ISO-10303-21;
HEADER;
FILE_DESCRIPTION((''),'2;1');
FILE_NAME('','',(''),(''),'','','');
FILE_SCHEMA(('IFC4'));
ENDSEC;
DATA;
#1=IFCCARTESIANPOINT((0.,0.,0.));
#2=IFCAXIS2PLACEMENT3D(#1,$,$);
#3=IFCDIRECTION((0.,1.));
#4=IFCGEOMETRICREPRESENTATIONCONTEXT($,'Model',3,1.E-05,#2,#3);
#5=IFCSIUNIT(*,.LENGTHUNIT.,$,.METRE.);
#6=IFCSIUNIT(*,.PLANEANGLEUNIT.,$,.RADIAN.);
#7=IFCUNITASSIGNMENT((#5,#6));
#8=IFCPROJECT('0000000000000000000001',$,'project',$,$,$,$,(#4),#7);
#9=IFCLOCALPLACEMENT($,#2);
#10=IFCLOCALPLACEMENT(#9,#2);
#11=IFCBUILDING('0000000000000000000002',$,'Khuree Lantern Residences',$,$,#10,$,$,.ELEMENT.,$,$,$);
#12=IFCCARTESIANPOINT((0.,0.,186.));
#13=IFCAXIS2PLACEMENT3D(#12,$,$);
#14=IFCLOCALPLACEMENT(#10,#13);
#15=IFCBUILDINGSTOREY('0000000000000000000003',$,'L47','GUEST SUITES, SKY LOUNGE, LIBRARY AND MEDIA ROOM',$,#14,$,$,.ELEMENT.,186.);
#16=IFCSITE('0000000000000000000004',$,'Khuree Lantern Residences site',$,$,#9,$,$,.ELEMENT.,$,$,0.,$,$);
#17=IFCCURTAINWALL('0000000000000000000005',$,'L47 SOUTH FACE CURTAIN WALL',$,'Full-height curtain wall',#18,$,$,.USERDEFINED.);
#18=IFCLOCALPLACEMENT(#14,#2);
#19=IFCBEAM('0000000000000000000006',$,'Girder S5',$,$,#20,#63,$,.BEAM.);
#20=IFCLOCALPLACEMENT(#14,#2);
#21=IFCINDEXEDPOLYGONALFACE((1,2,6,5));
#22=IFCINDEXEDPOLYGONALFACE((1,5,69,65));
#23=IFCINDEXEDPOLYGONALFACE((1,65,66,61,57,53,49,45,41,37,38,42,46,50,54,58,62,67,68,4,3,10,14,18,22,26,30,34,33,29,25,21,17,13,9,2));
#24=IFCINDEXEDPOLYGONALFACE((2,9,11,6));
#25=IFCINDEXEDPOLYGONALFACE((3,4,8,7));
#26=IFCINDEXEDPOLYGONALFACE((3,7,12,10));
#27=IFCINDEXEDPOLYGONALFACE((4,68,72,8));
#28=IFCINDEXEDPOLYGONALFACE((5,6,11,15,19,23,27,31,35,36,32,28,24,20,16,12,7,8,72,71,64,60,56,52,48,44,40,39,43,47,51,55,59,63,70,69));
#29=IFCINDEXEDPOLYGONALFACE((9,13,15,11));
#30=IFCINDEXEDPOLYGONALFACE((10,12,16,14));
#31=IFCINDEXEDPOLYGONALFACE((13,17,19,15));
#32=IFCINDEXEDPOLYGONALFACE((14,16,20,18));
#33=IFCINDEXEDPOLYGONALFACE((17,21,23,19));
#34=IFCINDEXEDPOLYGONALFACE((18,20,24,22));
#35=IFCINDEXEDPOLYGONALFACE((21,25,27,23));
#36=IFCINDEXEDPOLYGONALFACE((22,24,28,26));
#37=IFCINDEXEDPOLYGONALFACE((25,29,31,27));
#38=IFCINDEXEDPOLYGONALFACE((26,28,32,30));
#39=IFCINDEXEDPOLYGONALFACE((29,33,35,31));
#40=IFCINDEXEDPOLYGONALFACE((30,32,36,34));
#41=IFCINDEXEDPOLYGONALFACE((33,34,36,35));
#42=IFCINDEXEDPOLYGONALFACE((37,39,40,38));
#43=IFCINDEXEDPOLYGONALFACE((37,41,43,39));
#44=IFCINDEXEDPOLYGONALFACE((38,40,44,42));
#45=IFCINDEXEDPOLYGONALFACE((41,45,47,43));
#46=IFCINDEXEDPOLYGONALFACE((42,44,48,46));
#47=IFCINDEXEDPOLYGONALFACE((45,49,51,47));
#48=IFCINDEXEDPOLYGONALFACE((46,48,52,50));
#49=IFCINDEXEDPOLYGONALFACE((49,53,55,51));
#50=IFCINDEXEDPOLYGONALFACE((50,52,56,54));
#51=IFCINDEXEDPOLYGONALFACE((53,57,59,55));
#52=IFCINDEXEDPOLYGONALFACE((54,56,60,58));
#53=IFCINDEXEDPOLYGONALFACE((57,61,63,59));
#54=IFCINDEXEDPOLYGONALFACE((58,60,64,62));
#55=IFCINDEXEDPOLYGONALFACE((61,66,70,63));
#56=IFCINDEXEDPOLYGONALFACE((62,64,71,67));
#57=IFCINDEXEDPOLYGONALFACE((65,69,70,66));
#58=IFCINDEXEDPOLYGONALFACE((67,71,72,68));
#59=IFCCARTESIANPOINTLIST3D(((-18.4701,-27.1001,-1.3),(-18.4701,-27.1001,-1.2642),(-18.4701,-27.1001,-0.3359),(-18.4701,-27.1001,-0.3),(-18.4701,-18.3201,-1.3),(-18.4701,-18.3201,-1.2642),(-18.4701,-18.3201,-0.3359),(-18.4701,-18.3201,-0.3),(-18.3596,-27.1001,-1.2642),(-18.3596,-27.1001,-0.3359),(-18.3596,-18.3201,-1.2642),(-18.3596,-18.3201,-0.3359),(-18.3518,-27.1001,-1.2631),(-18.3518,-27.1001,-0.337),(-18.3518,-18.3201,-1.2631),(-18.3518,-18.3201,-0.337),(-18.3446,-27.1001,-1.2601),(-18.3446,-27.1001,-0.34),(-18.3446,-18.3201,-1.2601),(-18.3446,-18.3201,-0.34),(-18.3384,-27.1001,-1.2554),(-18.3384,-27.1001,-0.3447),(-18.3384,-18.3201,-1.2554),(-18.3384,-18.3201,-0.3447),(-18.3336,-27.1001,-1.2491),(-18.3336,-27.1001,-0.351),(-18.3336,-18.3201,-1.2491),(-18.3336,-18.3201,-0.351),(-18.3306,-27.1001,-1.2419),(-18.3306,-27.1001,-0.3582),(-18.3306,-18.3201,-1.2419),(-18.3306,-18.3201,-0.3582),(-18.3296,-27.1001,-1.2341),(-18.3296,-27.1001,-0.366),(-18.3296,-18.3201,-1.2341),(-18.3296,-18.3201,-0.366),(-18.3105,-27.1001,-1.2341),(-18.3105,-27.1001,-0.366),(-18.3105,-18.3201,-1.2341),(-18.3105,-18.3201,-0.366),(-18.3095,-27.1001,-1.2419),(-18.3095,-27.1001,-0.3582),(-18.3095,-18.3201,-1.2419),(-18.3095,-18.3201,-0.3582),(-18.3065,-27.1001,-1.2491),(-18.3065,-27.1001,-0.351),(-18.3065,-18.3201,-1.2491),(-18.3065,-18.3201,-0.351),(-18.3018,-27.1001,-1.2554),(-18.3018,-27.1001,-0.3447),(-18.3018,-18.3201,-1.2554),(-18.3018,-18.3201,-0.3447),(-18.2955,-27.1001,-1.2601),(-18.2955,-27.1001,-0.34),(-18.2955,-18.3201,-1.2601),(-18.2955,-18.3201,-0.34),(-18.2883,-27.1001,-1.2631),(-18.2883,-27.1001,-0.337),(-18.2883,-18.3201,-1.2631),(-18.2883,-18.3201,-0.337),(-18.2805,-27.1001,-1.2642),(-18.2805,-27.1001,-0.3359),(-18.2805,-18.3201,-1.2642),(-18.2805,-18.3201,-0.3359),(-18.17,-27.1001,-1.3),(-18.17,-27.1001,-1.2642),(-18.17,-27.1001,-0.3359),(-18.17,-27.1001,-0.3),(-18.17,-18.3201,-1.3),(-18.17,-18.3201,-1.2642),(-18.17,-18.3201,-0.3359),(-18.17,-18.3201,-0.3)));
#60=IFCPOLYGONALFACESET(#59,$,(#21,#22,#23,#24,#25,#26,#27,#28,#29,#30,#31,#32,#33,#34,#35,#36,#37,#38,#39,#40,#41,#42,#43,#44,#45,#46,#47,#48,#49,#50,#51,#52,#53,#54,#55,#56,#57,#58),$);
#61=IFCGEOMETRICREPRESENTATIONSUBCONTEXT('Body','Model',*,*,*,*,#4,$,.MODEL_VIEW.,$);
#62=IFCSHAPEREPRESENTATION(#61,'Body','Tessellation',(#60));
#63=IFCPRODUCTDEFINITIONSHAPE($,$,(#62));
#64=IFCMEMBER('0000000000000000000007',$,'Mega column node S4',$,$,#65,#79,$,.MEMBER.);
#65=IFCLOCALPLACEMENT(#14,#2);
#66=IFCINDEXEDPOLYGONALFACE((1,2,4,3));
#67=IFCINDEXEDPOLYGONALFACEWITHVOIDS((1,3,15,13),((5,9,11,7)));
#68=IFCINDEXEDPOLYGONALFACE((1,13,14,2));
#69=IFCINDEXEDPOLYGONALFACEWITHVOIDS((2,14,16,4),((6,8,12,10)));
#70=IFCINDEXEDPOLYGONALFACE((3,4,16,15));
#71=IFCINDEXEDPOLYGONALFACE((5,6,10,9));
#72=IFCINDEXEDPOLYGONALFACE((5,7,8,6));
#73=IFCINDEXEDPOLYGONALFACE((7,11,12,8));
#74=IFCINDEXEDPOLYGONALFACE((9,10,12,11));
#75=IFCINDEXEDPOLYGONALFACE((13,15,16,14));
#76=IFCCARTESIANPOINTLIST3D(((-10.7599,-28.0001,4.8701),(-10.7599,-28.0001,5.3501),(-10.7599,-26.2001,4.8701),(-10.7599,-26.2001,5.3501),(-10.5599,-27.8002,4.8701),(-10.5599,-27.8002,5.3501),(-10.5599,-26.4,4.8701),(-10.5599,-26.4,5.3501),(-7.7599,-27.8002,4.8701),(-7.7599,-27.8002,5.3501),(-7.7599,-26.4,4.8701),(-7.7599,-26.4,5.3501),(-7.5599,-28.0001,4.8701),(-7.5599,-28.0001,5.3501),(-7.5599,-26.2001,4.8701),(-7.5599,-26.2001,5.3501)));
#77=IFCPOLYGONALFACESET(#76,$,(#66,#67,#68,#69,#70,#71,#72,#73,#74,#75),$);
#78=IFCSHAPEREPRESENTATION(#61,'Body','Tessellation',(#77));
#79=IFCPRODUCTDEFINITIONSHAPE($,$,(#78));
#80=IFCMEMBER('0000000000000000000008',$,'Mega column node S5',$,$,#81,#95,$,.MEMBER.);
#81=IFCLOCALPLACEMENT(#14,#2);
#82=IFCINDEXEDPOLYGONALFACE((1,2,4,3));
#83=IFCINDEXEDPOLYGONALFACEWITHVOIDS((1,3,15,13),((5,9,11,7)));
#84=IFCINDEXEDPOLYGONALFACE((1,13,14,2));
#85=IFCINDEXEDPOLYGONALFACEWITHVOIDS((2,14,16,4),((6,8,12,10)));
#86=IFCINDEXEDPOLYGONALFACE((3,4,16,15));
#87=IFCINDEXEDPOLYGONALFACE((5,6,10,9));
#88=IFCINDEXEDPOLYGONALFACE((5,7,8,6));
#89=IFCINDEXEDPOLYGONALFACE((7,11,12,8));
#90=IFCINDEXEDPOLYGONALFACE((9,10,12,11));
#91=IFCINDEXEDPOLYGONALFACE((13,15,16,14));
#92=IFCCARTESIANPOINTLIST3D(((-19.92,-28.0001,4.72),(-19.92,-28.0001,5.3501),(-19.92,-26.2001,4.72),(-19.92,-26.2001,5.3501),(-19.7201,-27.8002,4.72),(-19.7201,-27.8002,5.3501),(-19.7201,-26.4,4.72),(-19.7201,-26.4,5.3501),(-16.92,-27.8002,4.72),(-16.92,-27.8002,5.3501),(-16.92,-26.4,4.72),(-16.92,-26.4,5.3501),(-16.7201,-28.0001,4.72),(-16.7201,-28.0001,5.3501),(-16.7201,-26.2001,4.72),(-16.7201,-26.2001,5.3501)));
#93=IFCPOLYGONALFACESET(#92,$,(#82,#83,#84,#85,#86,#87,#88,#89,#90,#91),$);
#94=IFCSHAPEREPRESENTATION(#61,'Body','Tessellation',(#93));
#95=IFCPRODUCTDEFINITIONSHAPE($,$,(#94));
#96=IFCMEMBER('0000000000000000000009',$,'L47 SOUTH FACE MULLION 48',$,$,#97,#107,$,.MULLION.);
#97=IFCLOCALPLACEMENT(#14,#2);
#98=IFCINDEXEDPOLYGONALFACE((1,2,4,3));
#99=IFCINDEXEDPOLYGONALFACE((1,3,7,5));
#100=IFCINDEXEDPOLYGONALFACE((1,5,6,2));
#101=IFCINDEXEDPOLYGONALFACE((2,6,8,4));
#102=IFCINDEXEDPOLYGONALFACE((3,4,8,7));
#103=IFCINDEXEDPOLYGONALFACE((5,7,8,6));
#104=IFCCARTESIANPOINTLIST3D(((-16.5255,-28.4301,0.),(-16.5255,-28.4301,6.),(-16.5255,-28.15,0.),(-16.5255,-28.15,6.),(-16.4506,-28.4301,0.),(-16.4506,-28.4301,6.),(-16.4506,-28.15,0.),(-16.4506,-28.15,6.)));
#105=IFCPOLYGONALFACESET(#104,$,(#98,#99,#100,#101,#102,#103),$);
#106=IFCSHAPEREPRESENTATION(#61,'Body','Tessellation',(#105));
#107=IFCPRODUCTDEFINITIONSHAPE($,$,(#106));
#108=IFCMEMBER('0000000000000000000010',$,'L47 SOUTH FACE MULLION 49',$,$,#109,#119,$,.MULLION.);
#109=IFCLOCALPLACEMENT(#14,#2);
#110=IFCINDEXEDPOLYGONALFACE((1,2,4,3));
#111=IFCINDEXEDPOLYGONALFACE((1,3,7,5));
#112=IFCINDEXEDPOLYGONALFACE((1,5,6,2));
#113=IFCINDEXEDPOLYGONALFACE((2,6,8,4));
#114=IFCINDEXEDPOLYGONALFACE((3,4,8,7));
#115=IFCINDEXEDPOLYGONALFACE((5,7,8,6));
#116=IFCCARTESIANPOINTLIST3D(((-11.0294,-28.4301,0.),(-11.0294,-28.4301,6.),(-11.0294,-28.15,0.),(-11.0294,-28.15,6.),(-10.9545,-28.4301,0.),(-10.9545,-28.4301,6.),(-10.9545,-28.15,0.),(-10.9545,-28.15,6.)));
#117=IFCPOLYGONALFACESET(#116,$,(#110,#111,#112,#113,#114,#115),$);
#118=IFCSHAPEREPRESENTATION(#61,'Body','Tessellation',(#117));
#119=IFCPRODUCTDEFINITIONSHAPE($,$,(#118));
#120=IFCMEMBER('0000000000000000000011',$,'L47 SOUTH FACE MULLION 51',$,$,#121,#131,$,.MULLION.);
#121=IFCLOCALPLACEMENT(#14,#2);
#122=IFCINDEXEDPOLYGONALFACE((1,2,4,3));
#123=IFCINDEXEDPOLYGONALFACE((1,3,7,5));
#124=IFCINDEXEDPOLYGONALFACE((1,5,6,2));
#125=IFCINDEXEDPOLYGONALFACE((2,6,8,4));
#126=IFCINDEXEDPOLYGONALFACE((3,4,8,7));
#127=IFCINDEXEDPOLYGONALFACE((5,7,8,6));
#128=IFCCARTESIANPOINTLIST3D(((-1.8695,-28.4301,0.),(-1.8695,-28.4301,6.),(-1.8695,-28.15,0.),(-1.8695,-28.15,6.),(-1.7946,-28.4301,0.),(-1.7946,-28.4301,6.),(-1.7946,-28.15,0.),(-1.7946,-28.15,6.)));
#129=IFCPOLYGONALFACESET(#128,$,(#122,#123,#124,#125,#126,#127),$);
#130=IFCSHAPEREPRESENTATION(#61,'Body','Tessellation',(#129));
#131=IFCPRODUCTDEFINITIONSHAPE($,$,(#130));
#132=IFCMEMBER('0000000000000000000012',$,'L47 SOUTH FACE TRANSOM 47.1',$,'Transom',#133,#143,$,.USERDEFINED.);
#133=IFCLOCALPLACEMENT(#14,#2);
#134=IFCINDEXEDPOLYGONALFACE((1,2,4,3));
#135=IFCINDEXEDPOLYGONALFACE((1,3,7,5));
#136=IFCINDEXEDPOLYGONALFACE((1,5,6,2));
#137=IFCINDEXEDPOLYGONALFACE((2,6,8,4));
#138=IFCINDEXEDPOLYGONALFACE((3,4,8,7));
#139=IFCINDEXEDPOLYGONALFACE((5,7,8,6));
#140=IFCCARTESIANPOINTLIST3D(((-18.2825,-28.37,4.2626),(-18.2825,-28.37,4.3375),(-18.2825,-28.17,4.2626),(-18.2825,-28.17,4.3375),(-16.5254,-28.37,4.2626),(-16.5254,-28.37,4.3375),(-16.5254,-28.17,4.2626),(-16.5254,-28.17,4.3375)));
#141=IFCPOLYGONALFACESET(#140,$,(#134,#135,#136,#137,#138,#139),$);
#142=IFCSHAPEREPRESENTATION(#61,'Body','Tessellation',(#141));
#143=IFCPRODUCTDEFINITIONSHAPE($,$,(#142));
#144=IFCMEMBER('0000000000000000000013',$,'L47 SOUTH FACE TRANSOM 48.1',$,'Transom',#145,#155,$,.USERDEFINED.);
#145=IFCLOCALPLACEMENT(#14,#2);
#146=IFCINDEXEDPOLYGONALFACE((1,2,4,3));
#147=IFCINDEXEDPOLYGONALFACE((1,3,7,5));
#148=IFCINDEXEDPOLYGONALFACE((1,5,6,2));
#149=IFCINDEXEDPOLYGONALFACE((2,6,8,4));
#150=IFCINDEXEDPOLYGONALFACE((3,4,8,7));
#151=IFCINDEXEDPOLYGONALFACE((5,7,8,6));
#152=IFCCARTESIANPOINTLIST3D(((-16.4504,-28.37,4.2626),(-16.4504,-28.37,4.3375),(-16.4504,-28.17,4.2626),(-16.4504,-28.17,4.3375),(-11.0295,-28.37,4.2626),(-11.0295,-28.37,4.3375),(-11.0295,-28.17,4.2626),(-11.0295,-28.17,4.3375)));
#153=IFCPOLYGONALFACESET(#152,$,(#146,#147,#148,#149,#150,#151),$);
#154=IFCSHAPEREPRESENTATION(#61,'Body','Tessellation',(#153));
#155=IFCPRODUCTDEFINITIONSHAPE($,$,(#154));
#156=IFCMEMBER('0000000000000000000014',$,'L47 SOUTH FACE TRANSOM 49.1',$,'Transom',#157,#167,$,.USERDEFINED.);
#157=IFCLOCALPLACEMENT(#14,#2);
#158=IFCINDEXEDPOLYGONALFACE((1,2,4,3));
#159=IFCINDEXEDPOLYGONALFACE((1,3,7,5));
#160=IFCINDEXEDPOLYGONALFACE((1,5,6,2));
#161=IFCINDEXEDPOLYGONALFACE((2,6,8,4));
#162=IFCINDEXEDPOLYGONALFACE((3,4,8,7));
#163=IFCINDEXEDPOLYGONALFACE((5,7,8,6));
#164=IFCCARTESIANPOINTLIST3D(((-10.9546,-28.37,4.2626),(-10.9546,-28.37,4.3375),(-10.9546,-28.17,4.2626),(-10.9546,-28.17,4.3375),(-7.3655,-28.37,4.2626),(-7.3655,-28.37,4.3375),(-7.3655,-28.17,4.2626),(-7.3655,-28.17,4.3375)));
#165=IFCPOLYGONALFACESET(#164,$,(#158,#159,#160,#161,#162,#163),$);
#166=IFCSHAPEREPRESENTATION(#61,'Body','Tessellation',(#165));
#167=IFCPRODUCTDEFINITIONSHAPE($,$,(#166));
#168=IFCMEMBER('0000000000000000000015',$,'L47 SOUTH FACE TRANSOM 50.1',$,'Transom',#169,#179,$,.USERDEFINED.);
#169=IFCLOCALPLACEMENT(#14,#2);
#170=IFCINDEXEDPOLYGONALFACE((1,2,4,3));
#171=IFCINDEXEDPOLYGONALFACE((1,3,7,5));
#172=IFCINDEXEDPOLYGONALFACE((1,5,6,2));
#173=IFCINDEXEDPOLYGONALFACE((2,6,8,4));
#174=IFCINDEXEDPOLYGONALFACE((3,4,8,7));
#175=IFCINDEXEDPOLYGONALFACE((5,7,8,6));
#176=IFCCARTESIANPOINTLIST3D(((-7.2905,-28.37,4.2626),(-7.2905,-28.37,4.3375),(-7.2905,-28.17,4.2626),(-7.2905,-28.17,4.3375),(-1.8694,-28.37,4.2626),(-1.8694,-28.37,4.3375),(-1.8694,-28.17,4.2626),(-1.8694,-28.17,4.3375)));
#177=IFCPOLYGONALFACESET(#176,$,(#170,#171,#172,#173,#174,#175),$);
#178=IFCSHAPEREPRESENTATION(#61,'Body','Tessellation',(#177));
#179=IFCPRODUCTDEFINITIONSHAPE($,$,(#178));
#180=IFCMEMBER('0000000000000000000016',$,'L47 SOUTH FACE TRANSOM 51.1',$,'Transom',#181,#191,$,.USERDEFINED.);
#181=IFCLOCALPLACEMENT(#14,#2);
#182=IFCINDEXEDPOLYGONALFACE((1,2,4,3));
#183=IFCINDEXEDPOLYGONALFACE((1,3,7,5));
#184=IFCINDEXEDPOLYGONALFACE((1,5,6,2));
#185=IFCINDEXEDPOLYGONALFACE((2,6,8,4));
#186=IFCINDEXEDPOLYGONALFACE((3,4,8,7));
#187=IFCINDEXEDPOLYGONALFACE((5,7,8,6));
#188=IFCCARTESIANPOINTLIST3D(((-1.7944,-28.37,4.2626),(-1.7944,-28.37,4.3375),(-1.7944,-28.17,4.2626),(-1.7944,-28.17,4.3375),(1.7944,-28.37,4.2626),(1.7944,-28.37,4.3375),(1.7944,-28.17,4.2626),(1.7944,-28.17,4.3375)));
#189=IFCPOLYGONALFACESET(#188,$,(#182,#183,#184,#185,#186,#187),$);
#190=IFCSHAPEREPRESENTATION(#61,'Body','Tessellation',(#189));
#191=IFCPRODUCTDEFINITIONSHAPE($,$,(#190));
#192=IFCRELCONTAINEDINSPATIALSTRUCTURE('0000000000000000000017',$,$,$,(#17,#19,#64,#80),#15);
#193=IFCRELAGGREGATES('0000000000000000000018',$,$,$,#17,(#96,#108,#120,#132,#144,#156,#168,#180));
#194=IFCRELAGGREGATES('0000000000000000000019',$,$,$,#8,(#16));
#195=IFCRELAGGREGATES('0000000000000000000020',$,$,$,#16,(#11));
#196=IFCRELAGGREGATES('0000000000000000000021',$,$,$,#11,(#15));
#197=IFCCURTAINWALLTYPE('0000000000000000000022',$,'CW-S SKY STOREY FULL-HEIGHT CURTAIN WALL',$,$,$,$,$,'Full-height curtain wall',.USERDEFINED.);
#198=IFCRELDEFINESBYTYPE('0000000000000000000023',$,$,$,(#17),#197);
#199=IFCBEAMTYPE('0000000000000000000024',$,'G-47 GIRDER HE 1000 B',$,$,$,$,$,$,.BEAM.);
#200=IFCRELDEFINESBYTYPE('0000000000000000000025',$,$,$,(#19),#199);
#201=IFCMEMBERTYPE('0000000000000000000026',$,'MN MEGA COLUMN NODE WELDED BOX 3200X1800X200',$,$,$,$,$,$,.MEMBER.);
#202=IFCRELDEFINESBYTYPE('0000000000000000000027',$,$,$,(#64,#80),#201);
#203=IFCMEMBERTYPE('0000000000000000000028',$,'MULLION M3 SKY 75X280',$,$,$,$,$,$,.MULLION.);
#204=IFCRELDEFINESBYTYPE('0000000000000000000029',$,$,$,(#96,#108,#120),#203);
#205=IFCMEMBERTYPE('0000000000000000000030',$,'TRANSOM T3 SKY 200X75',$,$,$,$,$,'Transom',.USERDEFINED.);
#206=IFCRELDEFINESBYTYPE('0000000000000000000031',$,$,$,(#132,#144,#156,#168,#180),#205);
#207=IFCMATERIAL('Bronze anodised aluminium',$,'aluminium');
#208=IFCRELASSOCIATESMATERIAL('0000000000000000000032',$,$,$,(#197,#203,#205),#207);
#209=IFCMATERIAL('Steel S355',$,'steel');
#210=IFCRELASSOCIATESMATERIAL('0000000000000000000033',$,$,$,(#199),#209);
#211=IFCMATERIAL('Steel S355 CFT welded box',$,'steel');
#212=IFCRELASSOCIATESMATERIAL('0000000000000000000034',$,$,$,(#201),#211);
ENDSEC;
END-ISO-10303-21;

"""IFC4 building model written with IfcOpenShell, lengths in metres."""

from ifc_helpers import new_model, si_unit, direction, frame, origin, origin_2d, place, context, subcontext, project, spatial, rectangle, hollow_rectangle, i_section, extrude, material, material_profile, profile_set, type_object, element, aggregate, save


model = new_model("IFC4")

# Units and contexts
model_context = context("Model", 3, precision=1e-05, world=origin(), true_north=direction((0.0, 1.0)))
body_context = subcontext(model_context, "Body", "Model", "MODEL_VIEW")
ifc_project = project(units=[si_unit("LENGTHUNIT", "METRE"), si_unit("PLANEANGLEUNIT", "RADIAN")], contexts=[model_context])

# Site, building, storey
site_placement = place(None, origin())
site = spatial("IfcSite", under=ifc_project, at=site_placement, Name="Khuree Lantern Residences site", CompositionType="ELEMENT", RefElevation=0.0)
building_placement = place(site_placement, origin())
building = spatial("IfcBuilding", under=site, at=building_placement, Name="Khuree Lantern Residences", CompositionType="ELEMENT")
storey_placement = place(building_placement, frame((0.0, 0.0, 186.0)))
storey = spatial("IfcBuildingStorey", under=building, at=storey_placement, Name="L47", Description="GUEST SUITES, SKY LOUNGE, LIBRARY AND MEDIA ROOM", CompositionType="ELEMENT", Elevation=186.0)

# Shared definitions
ifc_material_1 = material(Name="Steel S355 CFT welded box", Category="steel")

# Shared definitions
ifc_material_2 = material(Name="Steel S355", Category="steel")

# Curtain wall
ifc_material_3 = material(Name="Bronze anodised aluminium", Category="aluminium")
curtain_wall_type = type_object("IfcCurtainWallType", Name="CW-S SKY STOREY FULL-HEIGHT CURTAIN WALL", ElementType="Full-height curtain wall", PredefinedType="USERDEFINED", material=ifc_material_3)
curtain_wall_placement = place(storey_placement, origin())
curtain_wall = element("IfcCurtainWall", 1, at=curtain_wall_placement, inside=storey, type_object=curtain_wall_type, Name="L47 SOUTH FACE CURTAIN WALL", ObjectType="Full-height curtain wall", PredefinedType="USERDEFINED")

# Beam
ifc_material_profile_1 = material_profile(ifc_material_2, i_section(OverallWidth=0.3, OverallDepth=1.0, WebThickness=0.019, FlangeThickness=0.0359, FilletRadius=0.03, at=origin_2d()), Name="HE 1000 B")
ifc_profile_set_1 = profile_set([ifc_material_profile_1], Name="Steel S355")
beam_type_1 = type_object("IfcBeamType", Name="G-47 GIRDER HE 1000 B", PredefinedType="BEAM", material=ifc_profile_set_1)
beam_1_placement = place(storey_placement, frame((-18.3201, -27.1001, -0.8), z_axis=(0.0, 1.0, 0.0), x_axis=(-1.0, 0.0, 0.0)))
element("IfcBeam", 2, at=beam_1_placement, inside=storey, type_object=beam_type_1, Name="Girder S5", PredefinedType="BEAM", context=body_context, shape_type="SweptSolid", body=[
    extrude(i_section(OverallWidth=0.3, OverallDepth=1.0, WebThickness=0.019, FlangeThickness=0.0359, FilletRadius=0.03, at=origin_2d()), origin(), (0.0, 0.0, 1.0), 8.78),
])

# Members
ifc_material_profile_2 = material_profile(ifc_material_1, hollow_rectangle(XDim=3.2, YDim=1.8, WallThickness=0.2, at=origin_2d()), Name="WELDED BOX 3200X1800X200")
ifc_profile_set_2 = profile_set([ifc_material_profile_2], Name="Steel S355 CFT welded box")
member_type_1 = type_object("IfcMemberType", Name="MN MEGA COLUMN NODE WELDED BOX 3200X1800X200", PredefinedType="MEMBER", material=ifc_profile_set_2)
member_1_placement = place(storey_placement, frame((-9.1599, -27.1001, 4.8701), z_axis=(0.0, 0.0, 1.0), x_axis=(1.0, 0.0, 0.0)))
element("IfcMember", 3, at=member_1_placement, inside=storey, type_object=member_type_1, Name="Mega column node S4", PredefinedType="MEMBER", context=body_context, shape_type="SweptSolid", body=[
    extrude(hollow_rectangle(XDim=3.2, YDim=1.8, WallThickness=0.2, at=origin_2d()), origin(), (0.0, 0.0, 1.0), 0.48),
])
member_2_placement = place(storey_placement, frame((-18.3201, -27.1001, 4.72), z_axis=(0.0, 0.0, 1.0), x_axis=(1.0, 0.0, 0.0)))
element("IfcMember", 4, at=member_2_placement, inside=storey, type_object=member_type_1, Name="Mega column node S5", PredefinedType="MEMBER", context=body_context, shape_type="SweptSolid", body=[
    extrude(hollow_rectangle(XDim=3.2, YDim=1.8, WallThickness=0.2, at=origin_2d()), origin(), (0.0, 0.0, 1.0), 0.6301),
])

# Members
ifc_material_profile_3 = material_profile(ifc_material_3, rectangle(XDim=0.075, YDim=0.28, at=origin_2d()), Name="M3 75X280")
ifc_profile_set_3 = profile_set([ifc_material_profile_3], Name="Bronze anodised aluminium")
member_type_2 = type_object("IfcMemberType", Name="MULLION M3 SKY 75X280", PredefinedType="MULLION", material=ifc_profile_set_3)
member_3_placement = place(storey_placement, frame((-16.488, -28.29, 0.0), z_axis=(0.0, 0.0, 1.0), x_axis=(1.0, 0.0, 0.0)))
member_3 = element("IfcMember", 5, at=member_3_placement, type_object=member_type_2, Name="L47 SOUTH FACE MULLION 48", PredefinedType="MULLION", context=body_context, shape_type="SweptSolid", body=[
    extrude(rectangle(XDim=0.075, YDim=0.28, at=origin_2d()), origin(), (0.0, 0.0, 1.0), 6.0),
])
member_4_placement = place(storey_placement, frame((-10.9919, -28.29, 0.0), z_axis=(0.0, 0.0, 1.0), x_axis=(1.0, 0.0, 0.0)))
member_4 = element("IfcMember", 6, at=member_4_placement, type_object=member_type_2, Name="L47 SOUTH FACE MULLION 49", PredefinedType="MULLION", context=body_context, shape_type="SweptSolid", body=[
    extrude(rectangle(XDim=0.075, YDim=0.28, at=origin_2d()), origin(), (0.0, 0.0, 1.0), 6.0),
])
member_5_placement = place(storey_placement, frame((-1.832, -28.29, 0.0), z_axis=(0.0, 0.0, 1.0), x_axis=(1.0, 0.0, 0.0)))
member_5 = element("IfcMember", 7, at=member_5_placement, type_object=member_type_2, Name="L47 SOUTH FACE MULLION 51", PredefinedType="MULLION", context=body_context, shape_type="SweptSolid", body=[
    extrude(rectangle(XDim=0.075, YDim=0.28, at=origin_2d()), origin(), (0.0, 0.0, 1.0), 6.0),
])
ifc_material_profile_4 = material_profile(ifc_material_3, rectangle(XDim=0.2, YDim=0.075, at=origin_2d()), Name="T3 200X75")
ifc_profile_set_4 = profile_set([ifc_material_profile_4], Name="Bronze anodised aluminium")
member_type_3 = type_object("IfcMemberType", Name="TRANSOM T3 SKY 200X75", ElementType="Transom", PredefinedType="USERDEFINED", material=ifc_profile_set_4)
member_6_placement = place(storey_placement, frame((-18.2825, -28.27, 4.3), z_axis=(1.0, 0.0, 0.0), x_axis=(0.0, 1.0, 0.0)))
member_6 = element("IfcMember", 8, at=member_6_placement, type_object=member_type_3, Name="L47 SOUTH FACE TRANSOM 47.1", ObjectType="Transom", PredefinedType="USERDEFINED", context=body_context, shape_type="SweptSolid", body=[
    extrude(rectangle(XDim=0.2, YDim=0.075, at=origin_2d()), origin(), (0.0, 0.0, 1.0), 1.7571),
])
member_7_placement = place(storey_placement, frame((-16.4504, -28.27, 4.3), z_axis=(1.0, 0.0, 0.0), x_axis=(0.0, 1.0, 0.0)))
member_7 = element("IfcMember", 9, at=member_7_placement, type_object=member_type_3, Name="L47 SOUTH FACE TRANSOM 48.1", ObjectType="Transom", PredefinedType="USERDEFINED", context=body_context, shape_type="SweptSolid", body=[
    extrude(rectangle(XDim=0.2, YDim=0.075, at=origin_2d()), origin(), (0.0, 0.0, 1.0), 5.4209),
])
member_8_placement = place(storey_placement, frame((-10.9546, -28.27, 4.3), z_axis=(1.0, 0.0, 0.0), x_axis=(0.0, 1.0, 0.0)))
member_8 = element("IfcMember", 10, at=member_8_placement, type_object=member_type_3, Name="L47 SOUTH FACE TRANSOM 49.1", ObjectType="Transom", PredefinedType="USERDEFINED", context=body_context, shape_type="SweptSolid", body=[
    extrude(rectangle(XDim=0.2, YDim=0.075, at=origin_2d()), origin(), (0.0, 0.0, 1.0), 3.5891),
])
member_9_placement = place(storey_placement, frame((-7.2905, -28.27, 4.3), z_axis=(1.0, 0.0, 0.0), x_axis=(0.0, 1.0, 0.0)))
member_9 = element("IfcMember", 11, at=member_9_placement, type_object=member_type_3, Name="L47 SOUTH FACE TRANSOM 50.1", ObjectType="Transom", PredefinedType="USERDEFINED", context=body_context, shape_type="SweptSolid", body=[
    extrude(rectangle(XDim=0.2, YDim=0.075, at=origin_2d()), origin(), (0.0, 0.0, 1.0), 5.4211),
])
member_10_placement = place(storey_placement, frame((-1.7944, -28.27, 4.3), z_axis=(1.0, 0.0, 0.0), x_axis=(0.0, 1.0, 0.0)))
member_10 = element("IfcMember", 12, at=member_10_placement, type_object=member_type_3, Name="L47 SOUTH FACE TRANSOM 51.1", ObjectType="Transom", PredefinedType="USERDEFINED", context=body_context, shape_type="SweptSolid", body=[
    extrude(rectangle(XDim=0.2, YDim=0.075, at=origin_2d()), origin(), (0.0, 0.0, 1.0), 3.5889),
])

aggregate(curtain_wall, [member_3, member_4, member_5, member_6, member_7, member_8, member_9, member_10])

save(model, "model.ifc")
